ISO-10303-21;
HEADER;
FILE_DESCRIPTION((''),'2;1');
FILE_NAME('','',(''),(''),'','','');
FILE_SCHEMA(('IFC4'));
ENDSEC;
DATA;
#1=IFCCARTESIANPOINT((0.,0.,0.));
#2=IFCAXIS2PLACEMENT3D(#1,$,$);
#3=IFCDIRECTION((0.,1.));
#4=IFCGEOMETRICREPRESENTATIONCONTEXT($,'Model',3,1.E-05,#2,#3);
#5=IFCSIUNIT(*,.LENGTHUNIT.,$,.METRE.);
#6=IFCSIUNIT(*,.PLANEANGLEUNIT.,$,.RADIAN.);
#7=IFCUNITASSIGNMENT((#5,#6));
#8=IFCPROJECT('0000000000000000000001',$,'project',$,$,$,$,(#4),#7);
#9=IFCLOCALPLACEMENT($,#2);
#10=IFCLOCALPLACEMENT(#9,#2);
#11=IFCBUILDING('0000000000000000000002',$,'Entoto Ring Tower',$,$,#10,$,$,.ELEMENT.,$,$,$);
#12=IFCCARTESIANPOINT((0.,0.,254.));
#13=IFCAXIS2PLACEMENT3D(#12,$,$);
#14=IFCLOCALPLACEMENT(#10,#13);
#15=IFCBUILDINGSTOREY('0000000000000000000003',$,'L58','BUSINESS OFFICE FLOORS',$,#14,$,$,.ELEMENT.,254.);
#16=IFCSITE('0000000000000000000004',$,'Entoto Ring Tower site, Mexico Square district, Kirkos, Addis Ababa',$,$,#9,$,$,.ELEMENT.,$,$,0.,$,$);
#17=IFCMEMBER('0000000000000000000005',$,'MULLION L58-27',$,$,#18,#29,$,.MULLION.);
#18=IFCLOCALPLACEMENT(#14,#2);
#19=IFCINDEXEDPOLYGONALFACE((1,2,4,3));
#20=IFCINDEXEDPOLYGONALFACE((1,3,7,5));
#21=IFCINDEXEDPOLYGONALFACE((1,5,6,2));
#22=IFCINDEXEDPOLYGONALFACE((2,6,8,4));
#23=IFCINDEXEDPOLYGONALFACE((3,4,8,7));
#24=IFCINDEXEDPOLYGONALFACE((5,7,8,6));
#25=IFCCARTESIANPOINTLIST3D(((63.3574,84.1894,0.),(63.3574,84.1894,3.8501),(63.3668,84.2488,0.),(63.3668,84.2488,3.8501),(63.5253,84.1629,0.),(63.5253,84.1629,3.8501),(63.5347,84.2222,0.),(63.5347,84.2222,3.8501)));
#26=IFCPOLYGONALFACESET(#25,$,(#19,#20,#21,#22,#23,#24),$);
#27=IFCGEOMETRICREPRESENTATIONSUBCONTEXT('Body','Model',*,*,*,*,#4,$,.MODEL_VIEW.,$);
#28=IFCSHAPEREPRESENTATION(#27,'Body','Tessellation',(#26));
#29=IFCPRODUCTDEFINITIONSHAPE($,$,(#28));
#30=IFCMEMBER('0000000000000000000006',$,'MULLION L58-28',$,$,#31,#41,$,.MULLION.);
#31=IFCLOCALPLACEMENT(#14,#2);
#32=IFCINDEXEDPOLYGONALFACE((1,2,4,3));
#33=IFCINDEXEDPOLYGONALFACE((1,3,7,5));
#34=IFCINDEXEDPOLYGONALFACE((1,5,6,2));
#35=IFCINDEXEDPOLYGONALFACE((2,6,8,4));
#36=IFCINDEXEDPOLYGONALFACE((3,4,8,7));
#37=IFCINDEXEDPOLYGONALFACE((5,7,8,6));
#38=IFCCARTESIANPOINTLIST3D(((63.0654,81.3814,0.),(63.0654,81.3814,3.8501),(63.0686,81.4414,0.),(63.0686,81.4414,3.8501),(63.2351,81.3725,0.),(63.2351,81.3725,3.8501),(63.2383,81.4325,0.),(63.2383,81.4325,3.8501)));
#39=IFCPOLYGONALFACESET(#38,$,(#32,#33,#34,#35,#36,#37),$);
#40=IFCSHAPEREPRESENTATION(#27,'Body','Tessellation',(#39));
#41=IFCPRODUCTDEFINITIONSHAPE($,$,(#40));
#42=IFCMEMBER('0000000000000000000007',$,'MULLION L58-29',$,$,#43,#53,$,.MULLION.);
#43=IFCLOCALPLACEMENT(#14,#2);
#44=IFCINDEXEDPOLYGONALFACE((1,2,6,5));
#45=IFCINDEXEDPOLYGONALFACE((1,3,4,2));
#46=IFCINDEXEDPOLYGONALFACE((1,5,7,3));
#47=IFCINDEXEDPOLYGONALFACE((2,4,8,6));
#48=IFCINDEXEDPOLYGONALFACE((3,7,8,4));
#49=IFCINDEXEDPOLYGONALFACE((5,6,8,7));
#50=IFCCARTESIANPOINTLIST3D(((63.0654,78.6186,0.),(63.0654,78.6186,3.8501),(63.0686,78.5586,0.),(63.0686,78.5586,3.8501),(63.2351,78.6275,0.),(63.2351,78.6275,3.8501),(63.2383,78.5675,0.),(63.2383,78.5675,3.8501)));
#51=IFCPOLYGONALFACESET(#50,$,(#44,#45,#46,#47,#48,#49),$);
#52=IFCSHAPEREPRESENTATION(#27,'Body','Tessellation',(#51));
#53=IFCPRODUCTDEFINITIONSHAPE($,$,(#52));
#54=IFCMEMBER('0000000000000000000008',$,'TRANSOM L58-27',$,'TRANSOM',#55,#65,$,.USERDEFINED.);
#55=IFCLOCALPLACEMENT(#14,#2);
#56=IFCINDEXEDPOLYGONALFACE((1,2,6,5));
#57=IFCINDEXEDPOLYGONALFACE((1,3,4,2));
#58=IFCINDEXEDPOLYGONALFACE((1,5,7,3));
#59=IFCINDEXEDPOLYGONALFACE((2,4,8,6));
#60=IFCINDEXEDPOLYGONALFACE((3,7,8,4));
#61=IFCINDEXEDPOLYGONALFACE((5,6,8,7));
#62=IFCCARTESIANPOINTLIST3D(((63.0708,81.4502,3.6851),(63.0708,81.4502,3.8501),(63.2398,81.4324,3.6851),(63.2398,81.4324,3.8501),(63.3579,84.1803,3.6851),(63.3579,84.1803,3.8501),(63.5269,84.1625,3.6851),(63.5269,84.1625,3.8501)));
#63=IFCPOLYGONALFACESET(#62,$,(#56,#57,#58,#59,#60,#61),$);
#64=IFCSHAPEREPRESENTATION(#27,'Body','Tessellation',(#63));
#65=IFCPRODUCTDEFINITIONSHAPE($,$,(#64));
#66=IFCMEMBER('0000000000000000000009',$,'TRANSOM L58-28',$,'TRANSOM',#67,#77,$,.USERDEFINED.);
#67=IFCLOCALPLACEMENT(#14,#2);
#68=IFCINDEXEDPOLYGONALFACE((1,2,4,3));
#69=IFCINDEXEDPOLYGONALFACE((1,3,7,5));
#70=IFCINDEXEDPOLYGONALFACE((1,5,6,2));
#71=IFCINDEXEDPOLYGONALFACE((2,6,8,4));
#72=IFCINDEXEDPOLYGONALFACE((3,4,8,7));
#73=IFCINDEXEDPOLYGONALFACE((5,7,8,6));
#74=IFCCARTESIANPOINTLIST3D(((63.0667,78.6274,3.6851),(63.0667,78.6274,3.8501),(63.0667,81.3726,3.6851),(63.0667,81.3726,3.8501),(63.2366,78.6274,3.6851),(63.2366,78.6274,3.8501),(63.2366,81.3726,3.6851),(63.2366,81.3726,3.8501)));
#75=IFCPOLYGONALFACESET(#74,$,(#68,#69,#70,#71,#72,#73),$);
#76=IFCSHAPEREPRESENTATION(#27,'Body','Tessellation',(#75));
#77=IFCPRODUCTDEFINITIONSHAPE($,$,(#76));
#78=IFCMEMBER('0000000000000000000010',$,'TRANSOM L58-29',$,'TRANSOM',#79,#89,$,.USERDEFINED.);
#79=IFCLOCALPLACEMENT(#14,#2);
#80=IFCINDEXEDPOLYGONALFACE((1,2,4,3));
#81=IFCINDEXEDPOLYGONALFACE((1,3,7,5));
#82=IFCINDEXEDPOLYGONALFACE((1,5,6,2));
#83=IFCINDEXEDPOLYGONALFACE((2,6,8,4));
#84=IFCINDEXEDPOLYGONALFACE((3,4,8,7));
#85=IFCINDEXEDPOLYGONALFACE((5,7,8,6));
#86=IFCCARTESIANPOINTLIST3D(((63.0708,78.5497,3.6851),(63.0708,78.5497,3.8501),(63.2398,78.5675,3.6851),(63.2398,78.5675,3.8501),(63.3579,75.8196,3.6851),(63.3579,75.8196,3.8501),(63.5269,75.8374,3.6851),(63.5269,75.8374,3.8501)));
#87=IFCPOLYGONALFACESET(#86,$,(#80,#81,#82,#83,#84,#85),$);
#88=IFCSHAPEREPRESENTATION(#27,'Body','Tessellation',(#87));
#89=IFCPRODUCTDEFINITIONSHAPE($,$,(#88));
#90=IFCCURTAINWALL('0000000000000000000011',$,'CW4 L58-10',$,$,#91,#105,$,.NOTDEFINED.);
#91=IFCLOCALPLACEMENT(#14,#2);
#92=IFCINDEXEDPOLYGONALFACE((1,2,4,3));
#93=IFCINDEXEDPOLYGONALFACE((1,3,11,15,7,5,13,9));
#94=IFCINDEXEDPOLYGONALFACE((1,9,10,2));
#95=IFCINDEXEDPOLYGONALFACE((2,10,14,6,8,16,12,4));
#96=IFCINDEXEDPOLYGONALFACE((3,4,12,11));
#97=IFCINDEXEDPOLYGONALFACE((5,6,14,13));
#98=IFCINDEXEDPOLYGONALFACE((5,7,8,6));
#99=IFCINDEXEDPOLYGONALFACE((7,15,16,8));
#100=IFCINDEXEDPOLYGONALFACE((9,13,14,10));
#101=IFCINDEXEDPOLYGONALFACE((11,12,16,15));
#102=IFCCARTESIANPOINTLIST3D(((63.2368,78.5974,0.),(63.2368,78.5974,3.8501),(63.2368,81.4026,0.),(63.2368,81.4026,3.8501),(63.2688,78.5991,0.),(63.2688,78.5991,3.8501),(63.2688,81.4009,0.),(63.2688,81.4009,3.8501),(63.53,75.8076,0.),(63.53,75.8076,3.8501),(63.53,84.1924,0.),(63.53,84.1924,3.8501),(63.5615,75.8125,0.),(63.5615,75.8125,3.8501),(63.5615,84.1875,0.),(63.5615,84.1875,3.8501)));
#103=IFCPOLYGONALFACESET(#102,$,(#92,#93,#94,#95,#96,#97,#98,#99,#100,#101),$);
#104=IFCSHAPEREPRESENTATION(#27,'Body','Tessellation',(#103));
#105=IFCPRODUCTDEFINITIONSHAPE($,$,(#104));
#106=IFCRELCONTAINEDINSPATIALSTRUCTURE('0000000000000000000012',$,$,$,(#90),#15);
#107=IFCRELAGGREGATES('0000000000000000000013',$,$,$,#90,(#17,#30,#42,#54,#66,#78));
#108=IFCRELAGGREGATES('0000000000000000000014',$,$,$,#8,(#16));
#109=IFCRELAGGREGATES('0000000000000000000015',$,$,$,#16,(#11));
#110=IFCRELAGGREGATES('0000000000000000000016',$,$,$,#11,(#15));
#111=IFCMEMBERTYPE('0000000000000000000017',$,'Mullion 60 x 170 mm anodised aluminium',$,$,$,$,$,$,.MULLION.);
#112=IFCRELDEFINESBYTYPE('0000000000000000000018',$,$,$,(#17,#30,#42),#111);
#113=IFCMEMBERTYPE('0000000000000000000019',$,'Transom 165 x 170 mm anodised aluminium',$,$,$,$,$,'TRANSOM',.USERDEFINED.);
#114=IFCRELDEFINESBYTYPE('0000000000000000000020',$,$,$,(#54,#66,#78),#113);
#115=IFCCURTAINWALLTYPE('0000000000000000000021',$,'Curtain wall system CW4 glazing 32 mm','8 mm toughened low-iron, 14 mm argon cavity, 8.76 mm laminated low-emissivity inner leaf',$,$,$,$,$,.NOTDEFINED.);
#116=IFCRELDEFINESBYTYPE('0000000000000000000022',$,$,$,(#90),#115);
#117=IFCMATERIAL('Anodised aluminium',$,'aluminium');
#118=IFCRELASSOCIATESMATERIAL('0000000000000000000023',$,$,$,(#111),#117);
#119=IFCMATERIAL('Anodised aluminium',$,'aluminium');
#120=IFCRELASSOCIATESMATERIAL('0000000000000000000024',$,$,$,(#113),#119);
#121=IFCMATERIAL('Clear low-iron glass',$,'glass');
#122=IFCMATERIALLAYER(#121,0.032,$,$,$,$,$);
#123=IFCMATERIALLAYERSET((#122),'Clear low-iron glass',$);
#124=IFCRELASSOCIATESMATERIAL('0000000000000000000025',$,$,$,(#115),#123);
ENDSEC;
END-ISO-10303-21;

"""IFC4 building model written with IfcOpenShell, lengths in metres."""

from ifc_helpers import new_model, si_unit, direction, frame, origin, origin_2d, place, context, subcontext, project, spatial, polyline, rectangle, outline, extrude, material, layer, layer_set, material_profile, profile_set, type_object, element, aggregate, save


model = new_model("IFC4")

# Units and contexts
model_context = context("Model", 3, precision=1e-05, world=origin(), true_north=direction((0.0, 1.0)))
body_context = subcontext(model_context, "Body", "Model", "MODEL_VIEW")
ifc_project = project(units=[si_unit("LENGTHUNIT", "METRE"), si_unit("PLANEANGLEUNIT", "RADIAN")], contexts=[model_context])

# Members
ifc_material_1 = material(Name="Anodised aluminium", Category="aluminium")
ifc_material_profile_1 = material_profile(ifc_material_1, rectangle(XDim=0.0601, YDim=0.1699, at=origin_2d()), Name="Mullion 60 x 170 mm anodised aluminium")
ifc_profile_set_1 = profile_set([ifc_material_profile_1], Name="Anodised aluminium")
member_type_1 = type_object("IfcMemberType", Name="Mullion 60 x 170 mm anodised aluminium", PredefinedType="MULLION", material=ifc_profile_set_1)
site_placement = place(None, origin())
building_placement = place(site_placement, origin())
storey_placement = place(building_placement, frame((0.0, 0.0, 254.0)))
member_1_placement = place(storey_placement, frame((63.446, 84.2058, 0.0), z_axis=(0.0, 0.0, 1.0), x_axis=(-0.156434, -0.987688, 0.0)))
member_1 = element("IfcMember", 1, at=member_1_placement, type_object=member_type_1, Name="MULLION L58-27", PredefinedType="MULLION", context=body_context, shape_type="SweptSolid", body=[
    extrude(rectangle(XDim=0.0601, YDim=0.1699, at=origin_2d()), origin(), (0.0, 0.0, 1.0), 3.8501),
])
member_2_placement = place(storey_placement, frame((63.1519, 81.407, 0.0), z_axis=(0.0, 0.0, 1.0), x_axis=(-0.052336, -0.99863, 0.0)))
member_2 = element("IfcMember", 2, at=member_2_placement, type_object=member_type_1, Name="MULLION L58-28", PredefinedType="MULLION", context=body_context, shape_type="SweptSolid", body=[
    extrude(rectangle(XDim=0.0601, YDim=0.1699, at=origin_2d()), origin(), (0.0, 0.0, 1.0), 3.8501),
])
member_3_placement = place(storey_placement, frame((63.1519, 78.593, 0.0), z_axis=(0.0, 0.0, 1.0), x_axis=(0.052336, -0.99863, 0.0)))
member_3 = element("IfcMember", 3, at=member_3_placement, type_object=member_type_1, Name="MULLION L58-29", PredefinedType="MULLION", context=body_context, shape_type="SweptSolid", body=[
    extrude(rectangle(XDim=0.0601, YDim=0.1699, at=origin_2d()), origin(), (0.0, 0.0, 1.0), 3.8501),
])
ifc_material_2 = material(Name="Anodised aluminium", Category="aluminium")
ifc_material_profile_2 = material_profile(ifc_material_2, rectangle(XDim=0.1699, YDim=0.165, at=origin_2d()), Name="Transom 165 x 170 mm anodised aluminium")
ifc_profile_set_2 = profile_set([ifc_material_profile_2], Name="Anodised aluminium")
member_type_2 = type_object("IfcMemberType", Name="Transom 165 x 170 mm anodised aluminium", ElementType="TRANSOM", PredefinedType="USERDEFINED", material=ifc_profile_set_2)
member_4_placement = place(storey_placement, frame((63.4424, 84.1714, 3.7676), z_axis=(-0.104592, -0.994515, 0.0), x_axis=(0.994515, -0.104592, 0.0)))
member_4 = element("IfcMember", 4, at=member_4_placement, type_object=member_type_2, Name="TRANSOM L58-27", ObjectType="TRANSOM", PredefinedType="USERDEFINED", context=body_context, shape_type="SweptSolid", body=[
    extrude(rectangle(XDim=0.1699, YDim=0.165, at=origin_2d()), origin(), (0.0, 0.0, 1.0), 2.7451),
])
member_5_placement = place(storey_placement, frame((63.1516, 81.3726, 3.7676), z_axis=(0.0, -1.0, 0.0), x_axis=(1.0, 0.0, 0.0)))
member_5 = element("IfcMember", 5, at=member_5_placement, type_object=member_type_2, Name="TRANSOM L58-28", ObjectType="TRANSOM", PredefinedType="USERDEFINED", context=body_context, shape_type="SweptSolid", body=[
    extrude(rectangle(XDim=0.1699, YDim=0.165, at=origin_2d()), origin(), (0.0, 0.0, 1.0), 2.7451),
])
member_6_placement = place(storey_placement, frame((63.1553, 78.5586, 3.7676), z_axis=(0.104592, -0.994515, 0.0), x_axis=(0.994515, 0.104592, 0.0)))
member_6 = element("IfcMember", 6, at=member_6_placement, type_object=member_type_2, Name="TRANSOM L58-29", ObjectType="TRANSOM", PredefinedType="USERDEFINED", context=body_context, shape_type="SweptSolid", body=[
    extrude(rectangle(XDim=0.1699, YDim=0.165, at=origin_2d()), origin(), (0.0, 0.0, 1.0), 2.7451),
])

# Site, building, storey
site = spatial("IfcSite", under=ifc_project, at=site_placement, Name="Entoto Ring Tower site, Mexico Square district, Kirkos, Addis Ababa", CompositionType="ELEMENT", RefElevation=0.0)
building = spatial("IfcBuilding", under=site, at=building_placement, Name="Entoto Ring Tower", CompositionType="ELEMENT")
storey = spatial("IfcBuildingStorey", under=building, at=storey_placement, Name="L58", Description="BUSINESS OFFICE FLOORS", CompositionType="ELEMENT", Elevation=254.0)

# Curtain wall
ifc_material_3 = material(Name="Clear low-iron glass", Category="glass")
ifc_layer = layer(ifc_material_3, 0.032)
ifc_layer_set = layer_set([ifc_layer], Name="Clear low-iron glass")
curtain_wall_type = type_object("IfcCurtainWallType", Name="Curtain wall system CW4 glazing 32 mm", Description="8 mm toughened low-iron, 14 mm argon cavity, 8.76 mm laminated low-emissivity inner leaf", PredefinedType="NOTDEFINED", material=ifc_layer_set)
curtain_wall_1_placement = place(storey_placement, origin())
curtain_wall_1 = element("IfcCurtainWall", 7, at=curtain_wall_1_placement, inside=storey, type_object=curtain_wall_type, Name="CW4 L58-10", PredefinedType="NOTDEFINED", context=body_context, shape_type="SweptSolid", body=[
    extrude(outline(polyline([(63.53, 84.1924), (63.2368, 81.4026), (63.2368, 78.5974), (63.53, 75.8076), (63.5615, 75.8125), (63.2688, 78.5991), (63.2688, 81.4009), (63.5615, 84.1875), (63.53, 84.1924)])), origin(), (0.0, 0.0, 1.0), 3.8501),
])
aggregate(curtain_wall_1, [member_1, member_2, member_3, member_4, member_5, member_6])

save(model, "model.ifc")
